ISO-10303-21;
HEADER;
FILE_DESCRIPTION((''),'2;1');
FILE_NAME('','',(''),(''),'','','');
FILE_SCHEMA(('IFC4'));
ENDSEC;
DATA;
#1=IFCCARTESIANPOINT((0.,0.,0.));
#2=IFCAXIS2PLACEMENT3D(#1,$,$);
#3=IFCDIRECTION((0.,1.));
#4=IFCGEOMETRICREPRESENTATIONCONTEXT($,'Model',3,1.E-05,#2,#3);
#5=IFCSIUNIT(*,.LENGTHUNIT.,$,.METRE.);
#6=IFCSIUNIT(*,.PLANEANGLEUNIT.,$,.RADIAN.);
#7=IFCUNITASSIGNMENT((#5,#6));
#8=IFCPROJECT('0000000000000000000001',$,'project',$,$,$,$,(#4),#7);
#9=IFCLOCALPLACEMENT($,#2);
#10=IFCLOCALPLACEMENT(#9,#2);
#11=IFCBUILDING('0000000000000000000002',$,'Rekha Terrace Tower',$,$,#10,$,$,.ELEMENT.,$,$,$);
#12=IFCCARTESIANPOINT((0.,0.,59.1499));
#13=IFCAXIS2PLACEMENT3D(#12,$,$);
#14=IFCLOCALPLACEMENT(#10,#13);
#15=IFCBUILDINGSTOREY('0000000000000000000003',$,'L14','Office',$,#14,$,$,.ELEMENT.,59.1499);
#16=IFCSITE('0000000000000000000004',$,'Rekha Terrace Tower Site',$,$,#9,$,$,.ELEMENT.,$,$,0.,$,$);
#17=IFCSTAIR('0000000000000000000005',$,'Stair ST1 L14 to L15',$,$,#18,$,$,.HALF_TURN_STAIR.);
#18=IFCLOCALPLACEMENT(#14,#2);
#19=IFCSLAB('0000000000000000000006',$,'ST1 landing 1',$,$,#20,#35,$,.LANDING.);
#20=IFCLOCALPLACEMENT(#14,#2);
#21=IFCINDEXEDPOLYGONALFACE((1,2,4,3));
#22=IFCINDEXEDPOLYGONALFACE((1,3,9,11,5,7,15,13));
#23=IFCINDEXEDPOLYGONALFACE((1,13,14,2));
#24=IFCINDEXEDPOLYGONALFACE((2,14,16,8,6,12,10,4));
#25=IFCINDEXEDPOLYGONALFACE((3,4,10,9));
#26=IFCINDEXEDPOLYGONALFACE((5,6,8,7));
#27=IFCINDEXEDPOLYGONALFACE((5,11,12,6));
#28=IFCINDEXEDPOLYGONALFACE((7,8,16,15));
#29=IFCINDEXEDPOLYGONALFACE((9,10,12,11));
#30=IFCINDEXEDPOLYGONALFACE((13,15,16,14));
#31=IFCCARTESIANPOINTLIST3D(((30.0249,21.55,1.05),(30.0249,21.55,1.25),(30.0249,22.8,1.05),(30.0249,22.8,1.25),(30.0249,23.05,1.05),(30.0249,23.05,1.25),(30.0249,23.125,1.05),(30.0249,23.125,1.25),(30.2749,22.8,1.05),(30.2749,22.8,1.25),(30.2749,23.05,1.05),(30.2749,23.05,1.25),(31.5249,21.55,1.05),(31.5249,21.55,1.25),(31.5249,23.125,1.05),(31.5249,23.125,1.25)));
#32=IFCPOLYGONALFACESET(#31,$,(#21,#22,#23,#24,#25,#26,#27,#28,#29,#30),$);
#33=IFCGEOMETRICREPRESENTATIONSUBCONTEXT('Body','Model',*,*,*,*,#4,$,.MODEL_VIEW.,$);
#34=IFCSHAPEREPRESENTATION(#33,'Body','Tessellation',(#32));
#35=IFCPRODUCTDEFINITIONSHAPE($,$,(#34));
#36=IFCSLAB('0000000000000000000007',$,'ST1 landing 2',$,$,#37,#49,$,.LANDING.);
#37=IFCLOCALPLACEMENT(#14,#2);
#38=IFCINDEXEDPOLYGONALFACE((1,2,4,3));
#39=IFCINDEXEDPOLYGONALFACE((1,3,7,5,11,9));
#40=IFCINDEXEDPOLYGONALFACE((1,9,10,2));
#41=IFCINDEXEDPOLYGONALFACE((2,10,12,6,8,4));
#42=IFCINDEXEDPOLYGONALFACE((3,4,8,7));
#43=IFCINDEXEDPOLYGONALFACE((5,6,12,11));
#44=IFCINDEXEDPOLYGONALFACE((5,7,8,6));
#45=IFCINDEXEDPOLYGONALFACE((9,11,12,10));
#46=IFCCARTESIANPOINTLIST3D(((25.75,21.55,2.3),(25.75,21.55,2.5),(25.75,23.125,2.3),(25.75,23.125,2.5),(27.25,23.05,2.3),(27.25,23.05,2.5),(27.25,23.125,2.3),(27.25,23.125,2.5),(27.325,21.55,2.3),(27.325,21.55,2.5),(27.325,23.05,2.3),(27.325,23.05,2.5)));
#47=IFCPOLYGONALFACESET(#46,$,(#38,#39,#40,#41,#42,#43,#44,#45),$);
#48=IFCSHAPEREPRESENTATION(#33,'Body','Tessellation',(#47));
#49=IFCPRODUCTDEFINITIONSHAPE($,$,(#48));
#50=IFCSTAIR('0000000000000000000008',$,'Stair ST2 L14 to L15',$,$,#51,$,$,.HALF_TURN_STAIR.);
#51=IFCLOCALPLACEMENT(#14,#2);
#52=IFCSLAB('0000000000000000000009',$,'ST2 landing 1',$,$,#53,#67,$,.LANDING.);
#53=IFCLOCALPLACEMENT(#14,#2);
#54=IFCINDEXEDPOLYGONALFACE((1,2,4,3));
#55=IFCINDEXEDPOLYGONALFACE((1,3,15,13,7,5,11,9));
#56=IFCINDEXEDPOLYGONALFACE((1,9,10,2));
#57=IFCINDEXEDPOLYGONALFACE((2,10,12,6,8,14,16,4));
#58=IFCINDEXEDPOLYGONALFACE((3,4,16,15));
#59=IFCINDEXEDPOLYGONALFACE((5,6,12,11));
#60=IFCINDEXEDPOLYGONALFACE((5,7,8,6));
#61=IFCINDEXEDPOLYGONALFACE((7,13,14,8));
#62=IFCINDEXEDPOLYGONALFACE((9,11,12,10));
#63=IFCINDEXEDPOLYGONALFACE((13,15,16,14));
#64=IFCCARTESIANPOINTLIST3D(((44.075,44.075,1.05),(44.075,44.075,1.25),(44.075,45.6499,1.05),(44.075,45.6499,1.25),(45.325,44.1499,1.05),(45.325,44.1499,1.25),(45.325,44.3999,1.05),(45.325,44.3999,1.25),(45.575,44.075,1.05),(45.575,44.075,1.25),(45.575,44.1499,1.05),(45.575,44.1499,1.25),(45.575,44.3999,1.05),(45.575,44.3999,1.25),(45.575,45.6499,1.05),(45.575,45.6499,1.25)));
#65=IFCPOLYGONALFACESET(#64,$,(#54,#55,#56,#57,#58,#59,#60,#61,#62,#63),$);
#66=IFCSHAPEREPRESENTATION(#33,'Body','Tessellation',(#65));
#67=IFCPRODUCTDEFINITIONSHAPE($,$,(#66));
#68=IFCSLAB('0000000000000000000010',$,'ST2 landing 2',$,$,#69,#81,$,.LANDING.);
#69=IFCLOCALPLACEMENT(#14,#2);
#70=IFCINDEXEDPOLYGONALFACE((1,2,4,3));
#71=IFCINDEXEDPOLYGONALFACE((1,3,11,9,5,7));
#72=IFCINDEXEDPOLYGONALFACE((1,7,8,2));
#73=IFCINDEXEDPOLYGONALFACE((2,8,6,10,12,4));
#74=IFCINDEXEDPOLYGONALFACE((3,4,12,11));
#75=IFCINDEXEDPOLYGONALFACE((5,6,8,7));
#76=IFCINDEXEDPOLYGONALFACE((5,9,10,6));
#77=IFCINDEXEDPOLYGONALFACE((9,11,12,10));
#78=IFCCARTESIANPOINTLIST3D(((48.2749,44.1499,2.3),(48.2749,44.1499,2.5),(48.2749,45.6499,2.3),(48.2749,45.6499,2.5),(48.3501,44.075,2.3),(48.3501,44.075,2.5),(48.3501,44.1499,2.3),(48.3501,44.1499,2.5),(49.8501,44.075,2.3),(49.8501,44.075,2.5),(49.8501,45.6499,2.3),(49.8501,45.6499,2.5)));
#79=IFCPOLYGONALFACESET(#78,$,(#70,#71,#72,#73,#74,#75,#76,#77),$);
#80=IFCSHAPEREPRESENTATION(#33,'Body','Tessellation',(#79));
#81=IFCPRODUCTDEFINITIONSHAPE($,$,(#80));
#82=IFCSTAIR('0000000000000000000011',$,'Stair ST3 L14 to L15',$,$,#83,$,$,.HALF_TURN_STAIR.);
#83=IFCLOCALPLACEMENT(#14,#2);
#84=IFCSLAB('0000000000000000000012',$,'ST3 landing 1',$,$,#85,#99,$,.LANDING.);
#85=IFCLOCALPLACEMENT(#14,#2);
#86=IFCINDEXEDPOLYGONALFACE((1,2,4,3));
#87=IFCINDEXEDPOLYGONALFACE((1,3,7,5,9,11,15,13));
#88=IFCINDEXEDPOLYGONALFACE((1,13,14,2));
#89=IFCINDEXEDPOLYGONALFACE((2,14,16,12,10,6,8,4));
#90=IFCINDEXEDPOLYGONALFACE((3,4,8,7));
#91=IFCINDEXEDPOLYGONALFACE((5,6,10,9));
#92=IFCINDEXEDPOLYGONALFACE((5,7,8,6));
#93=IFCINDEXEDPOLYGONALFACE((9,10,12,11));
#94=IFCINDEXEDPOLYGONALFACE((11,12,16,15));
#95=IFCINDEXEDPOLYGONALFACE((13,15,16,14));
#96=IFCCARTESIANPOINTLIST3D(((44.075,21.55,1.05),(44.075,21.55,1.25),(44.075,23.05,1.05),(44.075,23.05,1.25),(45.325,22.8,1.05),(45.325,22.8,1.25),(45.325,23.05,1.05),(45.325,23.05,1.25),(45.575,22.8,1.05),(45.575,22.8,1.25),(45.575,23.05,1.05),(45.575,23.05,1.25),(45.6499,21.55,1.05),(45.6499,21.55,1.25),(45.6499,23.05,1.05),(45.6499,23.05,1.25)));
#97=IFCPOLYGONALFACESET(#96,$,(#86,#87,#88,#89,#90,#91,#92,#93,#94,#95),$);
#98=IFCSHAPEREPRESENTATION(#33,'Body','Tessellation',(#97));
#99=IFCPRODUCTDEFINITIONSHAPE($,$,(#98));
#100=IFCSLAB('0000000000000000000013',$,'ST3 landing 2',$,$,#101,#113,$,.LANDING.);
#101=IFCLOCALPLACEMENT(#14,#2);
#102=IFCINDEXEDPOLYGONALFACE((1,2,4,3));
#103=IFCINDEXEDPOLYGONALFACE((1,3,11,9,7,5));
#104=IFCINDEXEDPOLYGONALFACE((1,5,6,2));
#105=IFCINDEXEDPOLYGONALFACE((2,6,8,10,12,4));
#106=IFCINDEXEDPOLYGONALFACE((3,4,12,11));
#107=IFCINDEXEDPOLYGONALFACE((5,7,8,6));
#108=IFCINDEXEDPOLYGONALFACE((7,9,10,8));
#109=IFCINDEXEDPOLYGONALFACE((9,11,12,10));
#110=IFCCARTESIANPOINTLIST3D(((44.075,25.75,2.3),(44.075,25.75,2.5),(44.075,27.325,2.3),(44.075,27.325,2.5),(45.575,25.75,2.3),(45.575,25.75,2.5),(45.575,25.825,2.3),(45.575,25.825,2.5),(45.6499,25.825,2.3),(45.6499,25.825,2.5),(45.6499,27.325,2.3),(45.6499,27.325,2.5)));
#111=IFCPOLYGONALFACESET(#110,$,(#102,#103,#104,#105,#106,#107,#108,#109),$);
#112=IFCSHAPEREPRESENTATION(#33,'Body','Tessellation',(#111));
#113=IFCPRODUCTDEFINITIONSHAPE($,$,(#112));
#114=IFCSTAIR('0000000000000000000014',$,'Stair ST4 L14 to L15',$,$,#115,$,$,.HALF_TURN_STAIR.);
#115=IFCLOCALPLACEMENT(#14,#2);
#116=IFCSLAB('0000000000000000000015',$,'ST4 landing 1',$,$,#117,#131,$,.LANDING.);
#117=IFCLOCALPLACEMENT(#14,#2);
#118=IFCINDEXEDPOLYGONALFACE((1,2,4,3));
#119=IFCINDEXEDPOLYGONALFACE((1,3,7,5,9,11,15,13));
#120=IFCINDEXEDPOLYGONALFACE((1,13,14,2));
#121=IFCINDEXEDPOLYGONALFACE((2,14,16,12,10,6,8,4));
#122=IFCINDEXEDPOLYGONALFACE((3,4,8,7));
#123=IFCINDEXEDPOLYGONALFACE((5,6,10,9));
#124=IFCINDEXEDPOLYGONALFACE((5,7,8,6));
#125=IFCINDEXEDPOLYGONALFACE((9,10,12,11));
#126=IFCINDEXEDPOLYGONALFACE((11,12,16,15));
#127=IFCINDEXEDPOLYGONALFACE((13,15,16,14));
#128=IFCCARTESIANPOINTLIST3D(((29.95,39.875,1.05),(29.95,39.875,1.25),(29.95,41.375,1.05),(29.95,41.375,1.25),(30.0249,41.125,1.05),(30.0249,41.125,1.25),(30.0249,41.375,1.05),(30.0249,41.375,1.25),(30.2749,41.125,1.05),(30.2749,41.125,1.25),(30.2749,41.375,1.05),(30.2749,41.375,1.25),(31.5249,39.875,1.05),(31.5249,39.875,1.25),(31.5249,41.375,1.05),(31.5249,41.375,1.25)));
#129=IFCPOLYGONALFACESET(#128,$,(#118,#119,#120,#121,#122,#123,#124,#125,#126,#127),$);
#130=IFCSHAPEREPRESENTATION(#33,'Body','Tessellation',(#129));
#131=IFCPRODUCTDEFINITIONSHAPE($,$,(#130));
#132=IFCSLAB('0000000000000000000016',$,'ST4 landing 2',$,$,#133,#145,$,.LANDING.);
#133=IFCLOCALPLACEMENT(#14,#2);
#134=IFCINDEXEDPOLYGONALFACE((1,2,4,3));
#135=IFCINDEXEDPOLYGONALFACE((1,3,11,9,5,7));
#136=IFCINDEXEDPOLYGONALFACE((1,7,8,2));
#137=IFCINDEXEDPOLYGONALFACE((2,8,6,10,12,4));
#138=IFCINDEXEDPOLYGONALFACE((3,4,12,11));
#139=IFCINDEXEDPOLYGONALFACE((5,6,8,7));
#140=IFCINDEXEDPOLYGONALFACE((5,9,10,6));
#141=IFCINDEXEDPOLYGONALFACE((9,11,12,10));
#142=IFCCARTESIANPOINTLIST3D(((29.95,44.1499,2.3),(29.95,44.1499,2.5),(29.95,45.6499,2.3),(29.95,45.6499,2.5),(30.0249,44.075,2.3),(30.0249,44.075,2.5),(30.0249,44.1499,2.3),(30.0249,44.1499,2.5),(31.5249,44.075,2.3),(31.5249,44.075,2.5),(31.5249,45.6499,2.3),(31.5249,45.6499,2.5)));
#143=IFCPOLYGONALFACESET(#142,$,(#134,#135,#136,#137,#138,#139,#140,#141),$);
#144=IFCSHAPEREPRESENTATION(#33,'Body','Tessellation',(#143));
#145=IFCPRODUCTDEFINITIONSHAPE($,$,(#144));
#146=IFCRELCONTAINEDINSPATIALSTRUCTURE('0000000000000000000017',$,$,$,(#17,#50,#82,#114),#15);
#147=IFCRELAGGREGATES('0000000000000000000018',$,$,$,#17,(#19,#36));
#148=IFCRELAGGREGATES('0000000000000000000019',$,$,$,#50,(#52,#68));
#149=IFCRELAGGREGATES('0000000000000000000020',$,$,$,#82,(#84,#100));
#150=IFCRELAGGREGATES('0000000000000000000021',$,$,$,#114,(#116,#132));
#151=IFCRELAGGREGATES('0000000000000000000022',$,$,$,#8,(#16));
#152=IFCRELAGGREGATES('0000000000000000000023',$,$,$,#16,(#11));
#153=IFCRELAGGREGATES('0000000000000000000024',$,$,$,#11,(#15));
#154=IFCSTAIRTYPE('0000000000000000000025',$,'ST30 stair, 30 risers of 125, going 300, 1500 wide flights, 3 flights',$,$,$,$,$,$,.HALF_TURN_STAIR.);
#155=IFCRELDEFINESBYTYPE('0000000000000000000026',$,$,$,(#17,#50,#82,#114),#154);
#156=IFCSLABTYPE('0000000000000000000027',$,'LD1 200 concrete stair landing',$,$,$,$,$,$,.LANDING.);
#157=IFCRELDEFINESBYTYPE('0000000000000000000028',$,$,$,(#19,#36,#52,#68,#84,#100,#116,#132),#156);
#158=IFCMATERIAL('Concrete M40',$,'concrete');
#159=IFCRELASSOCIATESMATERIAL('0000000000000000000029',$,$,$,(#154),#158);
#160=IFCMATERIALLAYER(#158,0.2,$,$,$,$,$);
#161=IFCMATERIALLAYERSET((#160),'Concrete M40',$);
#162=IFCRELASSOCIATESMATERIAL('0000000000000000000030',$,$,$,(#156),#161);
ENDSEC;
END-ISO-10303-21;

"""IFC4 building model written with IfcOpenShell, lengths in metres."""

from ifc_helpers import new_model, si_unit, direction, frame, origin, place, context, subcontext, project, spatial, polyline, outline, extrude, material, layer, layer_set, type_object, element, aggregate, save


model = new_model("IFC4")

# Units and contexts
model_context = context("Model", 3, precision=1e-05, world=origin(), true_north=direction((0.0, 1.0)))
body_context = subcontext(model_context, "Body", "Model", "MODEL_VIEW")
ifc_project = project(units=[si_unit("LENGTHUNIT", "METRE"), si_unit("PLANEANGLEUNIT", "RADIAN")], contexts=[model_context])

# Site, building, storey
site_placement = place(None, origin())
site = spatial("IfcSite", under=ifc_project, at=site_placement, Name="Rekha Terrace Tower Site", CompositionType="ELEMENT", RefElevation=0.0)
building_placement = place(site_placement, origin())
building = spatial("IfcBuilding", under=site, at=building_placement, Name="Rekha Terrace Tower", CompositionType="ELEMENT")
storey_placement = place(building_placement, frame((0.0, 0.0, 59.1499)))
storey = spatial("IfcBuildingStorey", under=building, at=storey_placement, Name="L14", Description="Office", CompositionType="ELEMENT", Elevation=59.1499)

# Stairs, slabs
ifc_material_1 = material(Name="Concrete M40", Category="concrete")
stair_type = type_object("IfcStairType", Name="ST30 stair, 30 risers of 125, going 300, 1500 wide flights, 3 flights", PredefinedType="HALF_TURN_STAIR", material=ifc_material_1)
stair_1_placement = place(storey_placement, origin())
stair_1 = element("IfcStair", 1, at=stair_1_placement, inside=storey, type_object=stair_type, Name="Stair ST1 L14 to L15", PredefinedType="HALF_TURN_STAIR")
ifc_layer_1 = layer(ifc_material_1, 0.2)
ifc_layer_set_1 = layer_set([ifc_layer_1], Name="Concrete M40")
slab_type_1 = type_object("IfcSlabType", Name="LD1 200 concrete stair landing", PredefinedType="LANDING", material=ifc_layer_set_1)
slab_1_placement = place(storey_placement, frame((0.0, 0.0, 1.05)))
slab_1 = element("IfcSlab", 2, at=slab_1_placement, type_object=slab_type_1, Name="ST1 landing 1", PredefinedType="LANDING", context=body_context, shape_type="SweptSolid", body=[
    extrude(outline(polyline([(30.0249, 21.55), (31.5249, 21.55), (31.5249, 23.125), (30.0249, 23.125), (30.0249, 23.05), (30.2749, 23.05), (30.2749, 22.8), (30.0249, 22.8), (30.0249, 21.55)])), origin(), (0.0, 0.0, 1.0), 0.2),
])
slab_2_placement = place(storey_placement, frame((0.0, 0.0, 2.3)))
slab_2 = element("IfcSlab", 3, at=slab_2_placement, type_object=slab_type_1, Name="ST1 landing 2", PredefinedType="LANDING", context=body_context, shape_type="SweptSolid", body=[
    extrude(outline(polyline([(27.25, 23.125), (25.75, 23.125), (25.75, 21.55), (27.325, 21.55), (27.325, 23.05), (27.25, 23.05), (27.25, 23.125)])), origin(), (0.0, 0.0, 1.0), 0.2),
])
aggregate(stair_1, [slab_1, slab_2])
stair_2_placement = place(storey_placement, origin())
stair_2 = element("IfcStair", 4, at=stair_2_placement, inside=storey, type_object=stair_type, Name="Stair ST2 L14 to L15", PredefinedType="HALF_TURN_STAIR")
slab_3_placement = place(storey_placement, frame((0.0, 0.0, 1.05)))
slab_3 = element("IfcSlab", 5, at=slab_3_placement, type_object=slab_type_1, Name="ST2 landing 1", PredefinedType="LANDING", context=body_context, shape_type="SweptSolid", body=[
    extrude(outline(polyline([(45.575, 45.6499), (44.075, 45.6499), (44.075, 44.075), (45.575, 44.075), (45.575, 44.1499), (45.325, 44.1499), (45.325, 44.3999), (45.575, 44.3999), (45.575, 45.6499)])), origin(), (0.0, 0.0, 1.0), 0.2),
])
slab_4_placement = place(storey_placement, frame((0.0, 0.0, 2.3)))
slab_4 = element("IfcSlab", 6, at=slab_4_placement, type_object=slab_type_1, Name="ST2 landing 2", PredefinedType="LANDING", context=body_context, shape_type="SweptSolid", body=[
    extrude(outline(polyline([(48.3501, 44.075), (49.8501, 44.075), (49.8501, 45.6499), (48.2749, 45.6499), (48.2749, 44.1499), (48.3501, 44.1499), (48.3501, 44.075)])), origin(), (0.0, 0.0, 1.0), 0.2),
])
aggregate(stair_2, [slab_3, slab_4])
stair_3_placement = place(storey_placement, origin())
stair_3 = element("IfcStair", 7, at=stair_3_placement, inside=storey, type_object=stair_type, Name="Stair ST3 L14 to L15", PredefinedType="HALF_TURN_STAIR")
slab_5_placement = place(storey_placement, frame((0.0, 0.0, 1.05)))
slab_5 = element("IfcSlab", 8, at=slab_5_placement, type_object=slab_type_1, Name="ST3 landing 1", PredefinedType="LANDING", context=body_context, shape_type="SweptSolid", body=[
    extrude(outline(polyline([(44.075, 23.05), (44.075, 21.55), (45.6499, 21.55), (45.6499, 23.05), (45.575, 23.05), (45.575, 22.8), (45.325, 22.8), (45.325, 23.05), (44.075, 23.05)])), origin(), (0.0, 0.0, 1.0), 0.2),
])
slab_6_placement = place(storey_placement, frame((0.0, 0.0, 2.3)))
slab_6 = element("IfcSlab", 9, at=slab_6_placement, type_object=slab_type_1, Name="ST3 landing 2", PredefinedType="LANDING", context=body_context, shape_type="SweptSolid", body=[
    extrude(outline(polyline([(45.6499, 25.825), (45.6499, 27.325), (44.075, 27.325), (44.075, 25.75), (45.575, 25.75), (45.575, 25.825), (45.6499, 25.825)])), origin(), (0.0, 0.0, 1.0), 0.2),
])
aggregate(stair_3, [slab_5, slab_6])
stair_4_placement = place(storey_placement, origin())
stair_4 = element("IfcStair", 10, at=stair_4_placement, inside=storey, type_object=stair_type, Name="Stair ST4 L14 to L15", PredefinedType="HALF_TURN_STAIR")
slab_7_placement = place(storey_placement, frame((0.0, 0.0, 1.05)))
slab_7 = element("IfcSlab", 11, at=slab_7_placement, type_object=slab_type_1, Name="ST4 landing 1", PredefinedType="LANDING", context=body_context, shape_type="SweptSolid", body=[
    extrude(outline(polyline([(31.5249, 41.375), (31.5249, 39.875), (29.95, 39.875), (29.95, 41.375), (30.0249, 41.375), (30.0249, 41.125), (30.2749, 41.125), (30.2749, 41.375), (31.5249, 41.375)])), origin(), (0.0, 0.0, 1.0), 0.2),
])
slab_8_placement = place(storey_placement, frame((0.0, 0.0, 2.3)))
slab_8 = element("IfcSlab", 12, at=slab_8_placement, type_object=slab_type_1, Name="ST4 landing 2", PredefinedType="LANDING", context=body_context, shape_type="SweptSolid", body=[
    extrude(outline(polyline([(29.95, 44.1499), (29.95, 45.6499), (31.5249, 45.6499), (31.5249, 44.075), (30.0249, 44.075), (30.0249, 44.1499), (29.95, 44.1499)])), origin(), (0.0, 0.0, 1.0), 0.2),
])
aggregate(stair_4, [slab_7, slab_8])

save(model, "model.ifc")
